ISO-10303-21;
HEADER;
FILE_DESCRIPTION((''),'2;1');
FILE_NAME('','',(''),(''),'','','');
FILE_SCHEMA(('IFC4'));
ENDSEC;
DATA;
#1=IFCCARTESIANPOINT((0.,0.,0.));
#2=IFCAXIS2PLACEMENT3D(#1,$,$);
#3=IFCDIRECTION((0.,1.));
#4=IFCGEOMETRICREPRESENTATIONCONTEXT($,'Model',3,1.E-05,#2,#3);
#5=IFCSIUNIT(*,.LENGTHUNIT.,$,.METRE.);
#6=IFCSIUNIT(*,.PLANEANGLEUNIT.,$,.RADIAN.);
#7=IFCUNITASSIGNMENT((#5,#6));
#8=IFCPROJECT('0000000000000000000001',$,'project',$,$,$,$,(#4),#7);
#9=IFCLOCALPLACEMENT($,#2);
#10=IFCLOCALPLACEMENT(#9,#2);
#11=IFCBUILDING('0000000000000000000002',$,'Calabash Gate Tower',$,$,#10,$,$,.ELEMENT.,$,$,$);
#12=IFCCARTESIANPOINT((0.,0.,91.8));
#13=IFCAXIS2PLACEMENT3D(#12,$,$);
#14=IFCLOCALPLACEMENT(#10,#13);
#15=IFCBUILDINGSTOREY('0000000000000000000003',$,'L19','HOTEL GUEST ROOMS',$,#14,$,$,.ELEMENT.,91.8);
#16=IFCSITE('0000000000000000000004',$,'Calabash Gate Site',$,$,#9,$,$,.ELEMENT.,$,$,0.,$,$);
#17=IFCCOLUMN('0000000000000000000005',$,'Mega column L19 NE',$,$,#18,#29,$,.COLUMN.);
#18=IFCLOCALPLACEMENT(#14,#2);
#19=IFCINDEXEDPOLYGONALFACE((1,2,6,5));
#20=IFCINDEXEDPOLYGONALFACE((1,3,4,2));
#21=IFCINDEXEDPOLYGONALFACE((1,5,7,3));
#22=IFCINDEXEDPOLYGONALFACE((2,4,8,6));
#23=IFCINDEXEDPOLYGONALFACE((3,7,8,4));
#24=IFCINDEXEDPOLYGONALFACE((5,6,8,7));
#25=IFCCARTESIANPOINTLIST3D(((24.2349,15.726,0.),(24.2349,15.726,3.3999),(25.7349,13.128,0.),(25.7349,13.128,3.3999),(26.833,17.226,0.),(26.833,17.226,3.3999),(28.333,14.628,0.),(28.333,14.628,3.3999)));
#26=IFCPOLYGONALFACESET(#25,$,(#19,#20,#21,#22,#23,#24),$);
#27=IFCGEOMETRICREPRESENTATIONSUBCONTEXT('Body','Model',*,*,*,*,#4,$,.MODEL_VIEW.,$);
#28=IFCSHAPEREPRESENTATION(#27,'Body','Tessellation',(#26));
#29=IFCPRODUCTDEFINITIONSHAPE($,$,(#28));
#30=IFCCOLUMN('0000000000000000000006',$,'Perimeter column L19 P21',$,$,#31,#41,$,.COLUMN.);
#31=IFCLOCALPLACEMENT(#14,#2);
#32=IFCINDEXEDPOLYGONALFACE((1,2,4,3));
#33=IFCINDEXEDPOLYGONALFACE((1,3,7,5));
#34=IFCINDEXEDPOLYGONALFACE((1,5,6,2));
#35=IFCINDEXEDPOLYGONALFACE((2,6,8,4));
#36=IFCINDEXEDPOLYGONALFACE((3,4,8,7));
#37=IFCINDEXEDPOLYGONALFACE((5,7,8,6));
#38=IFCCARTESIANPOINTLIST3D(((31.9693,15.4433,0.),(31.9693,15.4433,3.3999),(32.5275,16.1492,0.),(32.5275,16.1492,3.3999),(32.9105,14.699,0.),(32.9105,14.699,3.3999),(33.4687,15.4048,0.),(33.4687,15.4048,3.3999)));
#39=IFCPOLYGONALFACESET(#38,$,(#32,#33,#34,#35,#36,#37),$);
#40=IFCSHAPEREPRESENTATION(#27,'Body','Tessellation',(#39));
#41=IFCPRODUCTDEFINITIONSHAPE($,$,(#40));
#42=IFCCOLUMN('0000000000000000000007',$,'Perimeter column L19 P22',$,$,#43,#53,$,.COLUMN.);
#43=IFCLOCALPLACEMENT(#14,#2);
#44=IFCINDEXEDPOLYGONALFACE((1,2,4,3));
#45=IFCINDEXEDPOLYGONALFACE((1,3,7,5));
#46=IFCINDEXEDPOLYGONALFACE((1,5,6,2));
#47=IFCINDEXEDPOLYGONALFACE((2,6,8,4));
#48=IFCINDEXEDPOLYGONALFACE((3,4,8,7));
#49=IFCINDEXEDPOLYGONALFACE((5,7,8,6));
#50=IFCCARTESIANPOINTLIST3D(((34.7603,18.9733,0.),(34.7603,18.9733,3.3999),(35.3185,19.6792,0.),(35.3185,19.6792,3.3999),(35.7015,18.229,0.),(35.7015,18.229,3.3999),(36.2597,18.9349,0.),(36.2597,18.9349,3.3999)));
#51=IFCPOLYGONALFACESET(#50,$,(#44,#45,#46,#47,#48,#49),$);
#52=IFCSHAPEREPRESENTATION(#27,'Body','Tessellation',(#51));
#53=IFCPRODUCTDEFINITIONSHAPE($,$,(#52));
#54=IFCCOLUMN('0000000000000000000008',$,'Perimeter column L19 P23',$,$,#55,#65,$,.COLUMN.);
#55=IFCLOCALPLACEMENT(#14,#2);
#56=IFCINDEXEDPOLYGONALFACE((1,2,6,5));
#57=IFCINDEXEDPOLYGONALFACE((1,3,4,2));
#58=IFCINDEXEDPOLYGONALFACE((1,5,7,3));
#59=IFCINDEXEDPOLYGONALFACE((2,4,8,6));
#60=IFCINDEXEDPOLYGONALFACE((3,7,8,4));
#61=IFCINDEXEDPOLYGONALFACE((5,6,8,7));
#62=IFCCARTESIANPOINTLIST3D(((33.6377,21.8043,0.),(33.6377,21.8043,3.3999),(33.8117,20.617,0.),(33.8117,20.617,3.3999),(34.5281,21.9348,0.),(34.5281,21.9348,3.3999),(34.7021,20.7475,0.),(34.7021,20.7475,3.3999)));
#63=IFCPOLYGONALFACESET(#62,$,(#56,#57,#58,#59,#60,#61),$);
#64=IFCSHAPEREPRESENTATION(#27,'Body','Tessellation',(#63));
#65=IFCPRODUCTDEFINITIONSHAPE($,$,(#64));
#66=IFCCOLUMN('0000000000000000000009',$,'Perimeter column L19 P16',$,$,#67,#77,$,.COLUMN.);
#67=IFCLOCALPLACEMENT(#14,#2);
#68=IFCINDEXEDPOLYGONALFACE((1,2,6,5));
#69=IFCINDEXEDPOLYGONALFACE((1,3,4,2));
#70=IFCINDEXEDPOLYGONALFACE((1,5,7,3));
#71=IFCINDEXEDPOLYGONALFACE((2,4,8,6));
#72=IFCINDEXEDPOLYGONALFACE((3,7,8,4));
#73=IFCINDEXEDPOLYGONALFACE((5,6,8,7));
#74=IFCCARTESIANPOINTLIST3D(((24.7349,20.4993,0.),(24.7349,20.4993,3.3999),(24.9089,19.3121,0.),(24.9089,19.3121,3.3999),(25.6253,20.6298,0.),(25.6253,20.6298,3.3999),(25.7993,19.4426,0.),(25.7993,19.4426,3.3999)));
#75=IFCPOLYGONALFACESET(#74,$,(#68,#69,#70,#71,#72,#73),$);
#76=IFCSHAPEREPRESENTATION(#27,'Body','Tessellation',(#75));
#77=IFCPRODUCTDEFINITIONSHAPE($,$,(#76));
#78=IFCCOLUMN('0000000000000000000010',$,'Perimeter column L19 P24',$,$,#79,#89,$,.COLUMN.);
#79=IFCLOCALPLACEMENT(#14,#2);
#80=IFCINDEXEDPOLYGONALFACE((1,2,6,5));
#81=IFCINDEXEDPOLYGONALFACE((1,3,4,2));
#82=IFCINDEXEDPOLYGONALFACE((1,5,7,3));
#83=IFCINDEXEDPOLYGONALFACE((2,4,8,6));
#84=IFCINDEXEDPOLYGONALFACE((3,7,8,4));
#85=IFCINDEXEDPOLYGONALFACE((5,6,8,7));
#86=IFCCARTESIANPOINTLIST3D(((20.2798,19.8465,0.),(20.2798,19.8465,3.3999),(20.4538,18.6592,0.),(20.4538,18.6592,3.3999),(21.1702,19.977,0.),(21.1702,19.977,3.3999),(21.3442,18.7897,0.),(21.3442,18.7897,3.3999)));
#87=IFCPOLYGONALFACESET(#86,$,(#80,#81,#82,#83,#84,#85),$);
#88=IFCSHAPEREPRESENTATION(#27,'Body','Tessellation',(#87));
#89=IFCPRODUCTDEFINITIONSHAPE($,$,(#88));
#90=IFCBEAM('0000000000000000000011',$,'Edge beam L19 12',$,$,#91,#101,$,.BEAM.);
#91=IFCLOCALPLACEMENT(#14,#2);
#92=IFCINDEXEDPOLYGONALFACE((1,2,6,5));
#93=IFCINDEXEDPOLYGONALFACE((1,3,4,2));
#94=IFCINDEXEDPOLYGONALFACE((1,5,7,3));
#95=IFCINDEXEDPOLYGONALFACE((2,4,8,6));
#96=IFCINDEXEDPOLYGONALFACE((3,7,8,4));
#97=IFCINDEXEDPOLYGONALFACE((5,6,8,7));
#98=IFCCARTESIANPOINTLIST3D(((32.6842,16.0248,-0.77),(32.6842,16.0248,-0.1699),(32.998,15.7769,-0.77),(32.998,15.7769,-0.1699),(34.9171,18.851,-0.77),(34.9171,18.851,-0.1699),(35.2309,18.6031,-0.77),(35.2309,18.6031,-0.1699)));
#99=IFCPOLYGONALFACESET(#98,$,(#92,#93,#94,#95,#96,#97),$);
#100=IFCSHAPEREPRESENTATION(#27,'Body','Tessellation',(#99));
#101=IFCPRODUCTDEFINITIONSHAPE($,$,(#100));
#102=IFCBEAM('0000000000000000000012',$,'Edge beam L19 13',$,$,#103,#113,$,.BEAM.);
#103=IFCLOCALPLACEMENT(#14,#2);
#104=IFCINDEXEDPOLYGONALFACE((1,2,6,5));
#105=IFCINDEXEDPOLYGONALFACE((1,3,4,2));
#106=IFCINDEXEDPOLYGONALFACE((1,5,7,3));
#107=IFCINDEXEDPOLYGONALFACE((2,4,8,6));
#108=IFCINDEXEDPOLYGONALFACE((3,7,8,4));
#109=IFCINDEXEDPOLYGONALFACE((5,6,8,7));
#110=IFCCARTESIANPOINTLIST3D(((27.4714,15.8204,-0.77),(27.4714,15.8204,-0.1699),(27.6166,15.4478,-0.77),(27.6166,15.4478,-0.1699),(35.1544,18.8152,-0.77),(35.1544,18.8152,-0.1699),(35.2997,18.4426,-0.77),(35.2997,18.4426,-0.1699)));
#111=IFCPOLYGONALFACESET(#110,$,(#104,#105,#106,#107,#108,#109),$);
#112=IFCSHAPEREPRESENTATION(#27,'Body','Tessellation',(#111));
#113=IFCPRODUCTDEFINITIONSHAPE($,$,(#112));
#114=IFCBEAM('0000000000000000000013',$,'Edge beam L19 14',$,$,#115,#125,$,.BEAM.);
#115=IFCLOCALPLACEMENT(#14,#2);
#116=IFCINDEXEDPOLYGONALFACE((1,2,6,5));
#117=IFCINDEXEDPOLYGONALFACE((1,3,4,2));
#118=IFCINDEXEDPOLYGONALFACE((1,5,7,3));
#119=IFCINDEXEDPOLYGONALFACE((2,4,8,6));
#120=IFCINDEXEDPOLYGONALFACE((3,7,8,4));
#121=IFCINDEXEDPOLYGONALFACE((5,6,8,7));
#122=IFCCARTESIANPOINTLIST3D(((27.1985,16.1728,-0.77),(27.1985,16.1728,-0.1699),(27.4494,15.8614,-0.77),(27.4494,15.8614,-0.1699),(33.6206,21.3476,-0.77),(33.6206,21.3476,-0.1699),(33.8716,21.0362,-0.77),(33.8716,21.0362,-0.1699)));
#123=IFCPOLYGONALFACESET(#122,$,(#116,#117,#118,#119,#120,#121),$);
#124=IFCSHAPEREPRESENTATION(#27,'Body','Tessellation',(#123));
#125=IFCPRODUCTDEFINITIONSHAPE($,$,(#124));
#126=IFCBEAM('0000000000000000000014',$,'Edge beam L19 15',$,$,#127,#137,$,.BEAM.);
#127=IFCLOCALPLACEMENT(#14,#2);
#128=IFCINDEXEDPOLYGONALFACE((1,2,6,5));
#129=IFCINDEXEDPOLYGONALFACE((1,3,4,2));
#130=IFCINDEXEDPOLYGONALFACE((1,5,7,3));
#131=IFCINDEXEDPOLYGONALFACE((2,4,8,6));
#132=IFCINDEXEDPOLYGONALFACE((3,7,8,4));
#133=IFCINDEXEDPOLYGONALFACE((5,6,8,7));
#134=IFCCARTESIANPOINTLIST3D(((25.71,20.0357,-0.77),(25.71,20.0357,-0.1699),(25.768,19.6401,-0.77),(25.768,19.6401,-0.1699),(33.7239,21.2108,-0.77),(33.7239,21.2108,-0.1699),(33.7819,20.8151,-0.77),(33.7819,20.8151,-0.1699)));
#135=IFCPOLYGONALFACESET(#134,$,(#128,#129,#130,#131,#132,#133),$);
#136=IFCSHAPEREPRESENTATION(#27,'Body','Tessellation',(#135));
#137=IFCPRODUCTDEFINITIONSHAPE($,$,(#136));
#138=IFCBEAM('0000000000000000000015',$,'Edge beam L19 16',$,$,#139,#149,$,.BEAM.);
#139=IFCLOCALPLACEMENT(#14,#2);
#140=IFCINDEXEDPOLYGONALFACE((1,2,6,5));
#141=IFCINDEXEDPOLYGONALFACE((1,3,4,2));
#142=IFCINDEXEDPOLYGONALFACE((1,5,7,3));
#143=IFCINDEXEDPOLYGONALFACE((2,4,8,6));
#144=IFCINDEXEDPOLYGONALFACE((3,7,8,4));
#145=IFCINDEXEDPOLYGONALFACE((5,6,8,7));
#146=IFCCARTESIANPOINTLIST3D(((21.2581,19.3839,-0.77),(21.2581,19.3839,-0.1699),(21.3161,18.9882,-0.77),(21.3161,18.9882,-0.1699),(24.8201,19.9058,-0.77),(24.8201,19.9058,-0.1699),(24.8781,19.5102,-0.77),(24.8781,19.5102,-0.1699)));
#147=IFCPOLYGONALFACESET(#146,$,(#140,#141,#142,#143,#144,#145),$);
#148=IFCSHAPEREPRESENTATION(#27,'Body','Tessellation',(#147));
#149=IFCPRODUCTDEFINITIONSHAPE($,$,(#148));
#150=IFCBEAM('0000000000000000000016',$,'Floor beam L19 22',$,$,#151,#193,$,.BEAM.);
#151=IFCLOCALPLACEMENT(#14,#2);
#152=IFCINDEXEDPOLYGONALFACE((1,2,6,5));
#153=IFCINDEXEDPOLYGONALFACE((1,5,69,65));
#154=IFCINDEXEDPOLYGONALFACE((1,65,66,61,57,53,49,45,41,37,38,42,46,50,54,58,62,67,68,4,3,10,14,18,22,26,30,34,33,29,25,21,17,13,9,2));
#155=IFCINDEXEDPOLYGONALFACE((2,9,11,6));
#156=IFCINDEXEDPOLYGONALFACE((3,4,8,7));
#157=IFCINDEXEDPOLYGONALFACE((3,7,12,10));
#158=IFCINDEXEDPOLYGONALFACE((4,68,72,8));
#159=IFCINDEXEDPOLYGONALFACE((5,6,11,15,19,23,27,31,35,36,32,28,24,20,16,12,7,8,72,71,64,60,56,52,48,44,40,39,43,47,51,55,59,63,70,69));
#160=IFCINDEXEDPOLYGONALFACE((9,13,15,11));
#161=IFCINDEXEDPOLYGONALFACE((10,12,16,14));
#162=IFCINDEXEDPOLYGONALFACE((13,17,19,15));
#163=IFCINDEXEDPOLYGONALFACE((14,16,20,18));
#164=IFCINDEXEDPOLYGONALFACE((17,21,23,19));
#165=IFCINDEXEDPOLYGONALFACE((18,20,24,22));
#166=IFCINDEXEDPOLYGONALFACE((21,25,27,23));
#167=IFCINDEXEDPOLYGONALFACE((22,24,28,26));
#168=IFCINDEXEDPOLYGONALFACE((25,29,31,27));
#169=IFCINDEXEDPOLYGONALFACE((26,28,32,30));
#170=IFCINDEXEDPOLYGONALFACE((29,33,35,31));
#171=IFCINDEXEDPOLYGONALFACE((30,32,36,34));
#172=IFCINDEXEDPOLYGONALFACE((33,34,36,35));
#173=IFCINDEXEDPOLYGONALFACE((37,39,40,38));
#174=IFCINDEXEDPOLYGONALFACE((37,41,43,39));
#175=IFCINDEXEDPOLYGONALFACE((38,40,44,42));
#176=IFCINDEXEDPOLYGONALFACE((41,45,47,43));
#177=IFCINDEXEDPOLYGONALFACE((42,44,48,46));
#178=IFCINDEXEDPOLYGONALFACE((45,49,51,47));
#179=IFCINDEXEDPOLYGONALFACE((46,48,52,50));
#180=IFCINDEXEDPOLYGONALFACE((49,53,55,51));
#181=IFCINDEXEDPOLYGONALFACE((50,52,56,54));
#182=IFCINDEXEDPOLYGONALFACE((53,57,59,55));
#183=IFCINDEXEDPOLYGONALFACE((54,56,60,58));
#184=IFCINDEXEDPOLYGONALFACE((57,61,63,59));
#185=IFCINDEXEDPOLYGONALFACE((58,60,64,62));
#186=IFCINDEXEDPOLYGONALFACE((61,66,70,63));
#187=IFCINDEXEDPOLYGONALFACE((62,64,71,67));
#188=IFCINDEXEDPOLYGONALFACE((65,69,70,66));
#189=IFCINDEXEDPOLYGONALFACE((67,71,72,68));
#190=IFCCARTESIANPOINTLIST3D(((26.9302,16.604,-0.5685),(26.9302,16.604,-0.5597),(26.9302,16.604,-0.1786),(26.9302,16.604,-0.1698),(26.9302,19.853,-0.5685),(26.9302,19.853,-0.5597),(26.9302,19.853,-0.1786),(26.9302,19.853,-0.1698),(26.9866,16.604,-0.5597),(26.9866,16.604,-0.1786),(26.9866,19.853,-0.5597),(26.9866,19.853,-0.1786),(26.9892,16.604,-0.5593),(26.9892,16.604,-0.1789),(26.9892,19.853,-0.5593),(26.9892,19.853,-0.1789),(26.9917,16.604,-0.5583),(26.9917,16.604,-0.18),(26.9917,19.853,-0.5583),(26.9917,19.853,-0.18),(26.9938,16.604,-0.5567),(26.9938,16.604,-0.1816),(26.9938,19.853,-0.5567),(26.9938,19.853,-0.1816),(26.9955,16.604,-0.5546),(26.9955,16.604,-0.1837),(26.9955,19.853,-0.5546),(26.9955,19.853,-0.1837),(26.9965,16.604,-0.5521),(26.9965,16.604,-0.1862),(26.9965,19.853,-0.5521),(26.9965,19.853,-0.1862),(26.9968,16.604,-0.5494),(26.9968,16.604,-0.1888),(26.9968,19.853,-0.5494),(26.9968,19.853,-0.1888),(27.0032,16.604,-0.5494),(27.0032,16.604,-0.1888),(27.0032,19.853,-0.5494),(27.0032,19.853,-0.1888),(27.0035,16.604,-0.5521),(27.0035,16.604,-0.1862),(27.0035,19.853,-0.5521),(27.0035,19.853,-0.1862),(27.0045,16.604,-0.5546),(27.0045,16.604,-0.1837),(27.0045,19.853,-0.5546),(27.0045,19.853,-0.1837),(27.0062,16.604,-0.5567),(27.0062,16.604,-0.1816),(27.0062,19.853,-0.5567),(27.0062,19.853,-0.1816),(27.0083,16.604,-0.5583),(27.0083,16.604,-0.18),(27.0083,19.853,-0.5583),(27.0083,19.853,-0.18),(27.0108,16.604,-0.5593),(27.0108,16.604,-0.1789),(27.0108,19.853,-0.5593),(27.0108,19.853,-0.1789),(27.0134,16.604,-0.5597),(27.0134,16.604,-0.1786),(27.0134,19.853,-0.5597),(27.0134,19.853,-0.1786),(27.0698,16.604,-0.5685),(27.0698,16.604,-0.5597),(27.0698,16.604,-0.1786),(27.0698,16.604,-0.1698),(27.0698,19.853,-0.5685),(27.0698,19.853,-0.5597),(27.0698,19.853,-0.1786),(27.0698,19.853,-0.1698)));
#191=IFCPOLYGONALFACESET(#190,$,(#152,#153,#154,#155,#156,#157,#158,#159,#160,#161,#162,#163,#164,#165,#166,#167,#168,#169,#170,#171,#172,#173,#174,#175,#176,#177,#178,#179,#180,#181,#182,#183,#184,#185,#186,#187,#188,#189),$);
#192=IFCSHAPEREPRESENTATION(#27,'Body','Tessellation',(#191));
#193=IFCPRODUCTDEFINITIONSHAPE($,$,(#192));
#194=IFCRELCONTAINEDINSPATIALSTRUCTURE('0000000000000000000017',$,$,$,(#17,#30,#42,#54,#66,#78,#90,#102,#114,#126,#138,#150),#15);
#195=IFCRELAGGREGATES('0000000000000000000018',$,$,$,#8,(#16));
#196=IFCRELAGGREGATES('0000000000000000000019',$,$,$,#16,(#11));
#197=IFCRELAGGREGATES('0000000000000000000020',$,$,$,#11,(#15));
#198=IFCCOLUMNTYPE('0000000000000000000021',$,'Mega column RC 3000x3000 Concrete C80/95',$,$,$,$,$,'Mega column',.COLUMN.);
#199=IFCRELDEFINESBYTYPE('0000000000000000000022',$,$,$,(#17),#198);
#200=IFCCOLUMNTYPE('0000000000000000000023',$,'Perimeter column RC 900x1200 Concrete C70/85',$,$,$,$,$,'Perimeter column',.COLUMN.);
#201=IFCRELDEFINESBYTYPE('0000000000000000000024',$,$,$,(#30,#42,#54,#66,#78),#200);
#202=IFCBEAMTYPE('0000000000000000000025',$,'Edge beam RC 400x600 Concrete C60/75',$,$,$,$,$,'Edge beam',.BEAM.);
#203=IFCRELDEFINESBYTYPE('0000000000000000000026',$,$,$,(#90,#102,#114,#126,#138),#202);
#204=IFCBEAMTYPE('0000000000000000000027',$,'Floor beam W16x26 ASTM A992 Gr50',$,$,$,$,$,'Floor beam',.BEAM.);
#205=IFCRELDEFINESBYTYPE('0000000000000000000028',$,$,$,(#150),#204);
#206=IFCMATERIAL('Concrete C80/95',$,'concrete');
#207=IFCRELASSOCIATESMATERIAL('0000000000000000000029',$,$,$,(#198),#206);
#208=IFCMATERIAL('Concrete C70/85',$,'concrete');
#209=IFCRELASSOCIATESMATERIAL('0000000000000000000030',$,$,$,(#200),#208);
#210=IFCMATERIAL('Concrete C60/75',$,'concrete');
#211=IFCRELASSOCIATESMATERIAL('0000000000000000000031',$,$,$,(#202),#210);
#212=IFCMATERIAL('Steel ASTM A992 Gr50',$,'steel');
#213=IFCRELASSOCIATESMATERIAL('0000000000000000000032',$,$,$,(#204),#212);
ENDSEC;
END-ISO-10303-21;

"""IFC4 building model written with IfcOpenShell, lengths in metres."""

from ifc_helpers import new_model, si_unit, direction, frame, origin, origin_2d, place, context, subcontext, project, spatial, rectangle, i_section, extrude, material, material_profile, profile_set, type_object, element, save


model = new_model("IFC4")

# Units and contexts
model_context = context("Model", 3, precision=1e-05, world=origin(), true_north=direction((0.0, 1.0)))
body_context = subcontext(model_context, "Body", "Model", "MODEL_VIEW")
ifc_project = project(units=[si_unit("LENGTHUNIT", "METRE"), si_unit("PLANEANGLEUNIT", "RADIAN")], contexts=[model_context])

# Site, building, storey
site_placement = place(None, origin())
site = spatial("IfcSite", under=ifc_project, at=site_placement, Name="Calabash Gate Site", CompositionType="ELEMENT", RefElevation=0.0)
building_placement = place(site_placement, origin())
building = spatial("IfcBuilding", under=site, at=building_placement, Name="Calabash Gate Tower", CompositionType="ELEMENT")
storey_placement = place(building_placement, frame((0.0, 0.0, 91.8)))
storey = spatial("IfcBuildingStorey", under=building, at=storey_placement, Name="L19", Description="HOTEL GUEST ROOMS", CompositionType="ELEMENT", Elevation=91.8)

# Columns
ifc_material_1 = material(Name="Concrete C80/95", Category="concrete")
ifc_material_profile_1 = material_profile(ifc_material_1, rectangle(XDim=3.0, YDim=3.0, at=origin_2d()))
ifc_profile_set_1 = profile_set([ifc_material_profile_1], Name="Concrete C80/95")
column_type_1 = type_object("IfcColumnType", Name="Mega column RC 3000x3000 Concrete C80/95", ElementType="Mega column", PredefinedType="COLUMN", material=ifc_profile_set_1)
column_placement = place(storey_placement, frame((26.2839, 15.177, 0.0), z_axis=(0.0, 0.0, 1.0), x_axis=(-0.866025, -0.5, 0.0)))
element("IfcColumn", 1, at=column_placement, inside=storey, type_object=column_type_1, Name="Mega column L19 NE", PredefinedType="COLUMN", context=body_context, shape_type="SweptSolid", body=[
    extrude(rectangle(XDim=3.0, YDim=3.0, at=origin_2d()), origin(), (0.0, 0.0, 1.0), 3.3999),
])
ifc_material_2 = material(Name="Concrete C70/85", Category="concrete")
ifc_material_profile_2 = material_profile(ifc_material_2, rectangle(XDim=0.8999, YDim=1.2, at=origin_2d()))
ifc_profile_set_2 = profile_set([ifc_material_profile_2], Name="Concrete C70/85")
column_type_2 = type_object("IfcColumnType", Name="Perimeter column RC 900x1200 Concrete C70/85", ElementType="Perimeter column", PredefinedType="COLUMN", material=ifc_profile_set_2)
for number, where, z_axis, x_axis, name in (
    (2, (32.719, 15.4241, 0.0), (0.0, 0.0, 1.0), (0.620301, 0.784364, 0.0), "Perimeter column L19 P21"),
    (3, (35.51, 18.9541, 0.0), (0.0, 0.0, 1.0), (0.620301, 0.784364, 0.0), "Perimeter column L19 P22"),
    (4, (34.1699, 21.2759, 0.0), (0.0, 0.0, 1.0), (-0.98943, -0.145015, 0.0), "Perimeter column L19 P23"),
    (5, (25.2671, 19.9709, 0.0), (0.0, 0.0, 1.0), (-0.98943, -0.145015, 0.0), "Perimeter column L19 P16"),
    (6, (20.812, 19.3181, 0.0), (0.0, 0.0, 1.0), (-0.98943, -0.145015, 0.0), "Perimeter column L19 P24"),
):
    element("IfcColumn", number, at=place(storey_placement, frame(where, z_axis=z_axis, x_axis=x_axis)), inside=storey, type_object=column_type_2, Name=name, PredefinedType="COLUMN", context=body_context, shape_type="SweptSolid", body=[
        extrude(rectangle(XDim=0.8999, YDim=1.2, at=origin_2d()), origin(), (0.0, 0.0, 1.0), 3.3999),
    ])

# Beams
ifc_material_3 = material(Name="Concrete C60/75", Category="concrete")
ifc_material_profile_3 = material_profile(ifc_material_3, rectangle(XDim=0.3999, YDim=0.6001, at=origin_2d()))
ifc_profile_set_3 = profile_set([ifc_material_profile_3], Name="Concrete C60/75")
beam_type_1 = type_object("IfcBeamType", Name="Edge beam RC 400x600 Concrete C60/75", ElementType="Edge beam", PredefinedType="BEAM", material=ifc_profile_set_3)
beam_1_placement = place(storey_placement, frame((32.8411, 15.9009, -0.47), z_axis=(0.619939, 0.78465, 0.0), x_axis=(-0.78465, 0.619939, 0.0)))
element("IfcBeam", 7, at=beam_1_placement, inside=storey, type_object=beam_type_1, Name="Edge beam L19 12", PredefinedType="BEAM", context=body_context, shape_type="SweptSolid", body=[
    extrude(rectangle(XDim=0.3999, YDim=0.6001, at=origin_2d()), origin(), (0.0, 0.0, 1.0), 3.6018),
])
beam_2_placement = place(storey_placement, frame((35.2271, 18.6289, -0.47), z_axis=(-0.931718, -0.363183, 0.0), x_axis=(0.363183, -0.931718, 0.0)))
element("IfcBeam", 8, at=beam_2_placement, inside=storey, type_object=beam_type_1, Name="Edge beam L19 13", PredefinedType="BEAM", context=body_context, shape_type="SweptSolid", body=[
    extrude(rectangle(XDim=0.3999, YDim=0.6001, at=origin_2d()), origin(), (0.0, 0.0, 1.0), 8.2461),
])
beam_3_placement = place(storey_placement, frame((27.324, 16.0171, -0.47), z_axis=(0.778669, 0.627435, 0.0), x_axis=(-0.627435, 0.778669, 0.0)))
element("IfcBeam", 9, at=beam_3_placement, inside=storey, type_object=beam_type_1, Name="Edge beam L19 14", PredefinedType="BEAM", context=body_context, shape_type="SweptSolid", body=[
    extrude(rectangle(XDim=0.3999, YDim=0.6001, at=origin_2d()), origin(), (0.0, 0.0, 1.0), 8.2476),
])
beam_4_placement = place(storey_placement, frame((33.7529, 21.0129, -0.47), z_axis=(-0.989421, -0.145075, 0.0), x_axis=(0.145075, -0.989421, 0.0)))
element("IfcBeam", 10, at=beam_4_placement, inside=storey, type_object=beam_type_1, Name="Edge beam L19 15", PredefinedType="BEAM", context=body_context, shape_type="SweptSolid", body=[
    extrude(rectangle(XDim=0.3999, YDim=0.6001, at=origin_2d()), origin(), (0.0, 0.0, 1.0), 8.0996),
])
beam_5_placement = place(storey_placement, frame((24.8491, 19.708, -0.47), z_axis=(-0.989433, -0.14499, 0.0), x_axis=(0.14499, -0.989433, 0.0)))
element("IfcBeam", 11, at=beam_5_placement, inside=storey, type_object=beam_type_1, Name="Edge beam L19 16", PredefinedType="BEAM", context=body_context, shape_type="SweptSolid", body=[
    extrude(rectangle(XDim=0.3999, YDim=0.6001, at=origin_2d()), origin(), (0.0, 0.0, 1.0), 3.6001),
])
ifc_material_4 = material(Name="Steel ASTM A992 Gr50", Category="steel")
ifc_material_profile_4 = material_profile(ifc_material_4, i_section(OverallWidth=0.1396, OverallDepth=0.3987, WebThickness=0.0063, FlangeThickness=0.0088, FilletRadius=0.0103, at=origin_2d()))
ifc_profile_set_4 = profile_set([ifc_material_profile_4], Name="Steel ASTM A992 Gr50")
beam_type_2 = type_object("IfcBeamType", Name="Floor beam W16x26 ASTM A992 Gr50", ElementType="Floor beam", PredefinedType="BEAM", material=ifc_profile_set_4)
beam_6_placement = place(storey_placement, frame((27.0, 16.604, -0.3691), z_axis=(0.0, 1.0, 0.0), x_axis=(-1.0, 0.0, 0.0)))
element("IfcBeam", 12, at=beam_6_placement, inside=storey, type_object=beam_type_2, Name="Floor beam L19 22", PredefinedType="BEAM", context=body_context, shape_type="SweptSolid", body=[
    extrude(i_section(OverallWidth=0.1396, OverallDepth=0.3987, WebThickness=0.0063, FlangeThickness=0.0088, FilletRadius=0.0103, at=origin_2d()), origin(), (0.0, 0.0, 1.0), 3.249),
])

save(model, "model.ifc")
